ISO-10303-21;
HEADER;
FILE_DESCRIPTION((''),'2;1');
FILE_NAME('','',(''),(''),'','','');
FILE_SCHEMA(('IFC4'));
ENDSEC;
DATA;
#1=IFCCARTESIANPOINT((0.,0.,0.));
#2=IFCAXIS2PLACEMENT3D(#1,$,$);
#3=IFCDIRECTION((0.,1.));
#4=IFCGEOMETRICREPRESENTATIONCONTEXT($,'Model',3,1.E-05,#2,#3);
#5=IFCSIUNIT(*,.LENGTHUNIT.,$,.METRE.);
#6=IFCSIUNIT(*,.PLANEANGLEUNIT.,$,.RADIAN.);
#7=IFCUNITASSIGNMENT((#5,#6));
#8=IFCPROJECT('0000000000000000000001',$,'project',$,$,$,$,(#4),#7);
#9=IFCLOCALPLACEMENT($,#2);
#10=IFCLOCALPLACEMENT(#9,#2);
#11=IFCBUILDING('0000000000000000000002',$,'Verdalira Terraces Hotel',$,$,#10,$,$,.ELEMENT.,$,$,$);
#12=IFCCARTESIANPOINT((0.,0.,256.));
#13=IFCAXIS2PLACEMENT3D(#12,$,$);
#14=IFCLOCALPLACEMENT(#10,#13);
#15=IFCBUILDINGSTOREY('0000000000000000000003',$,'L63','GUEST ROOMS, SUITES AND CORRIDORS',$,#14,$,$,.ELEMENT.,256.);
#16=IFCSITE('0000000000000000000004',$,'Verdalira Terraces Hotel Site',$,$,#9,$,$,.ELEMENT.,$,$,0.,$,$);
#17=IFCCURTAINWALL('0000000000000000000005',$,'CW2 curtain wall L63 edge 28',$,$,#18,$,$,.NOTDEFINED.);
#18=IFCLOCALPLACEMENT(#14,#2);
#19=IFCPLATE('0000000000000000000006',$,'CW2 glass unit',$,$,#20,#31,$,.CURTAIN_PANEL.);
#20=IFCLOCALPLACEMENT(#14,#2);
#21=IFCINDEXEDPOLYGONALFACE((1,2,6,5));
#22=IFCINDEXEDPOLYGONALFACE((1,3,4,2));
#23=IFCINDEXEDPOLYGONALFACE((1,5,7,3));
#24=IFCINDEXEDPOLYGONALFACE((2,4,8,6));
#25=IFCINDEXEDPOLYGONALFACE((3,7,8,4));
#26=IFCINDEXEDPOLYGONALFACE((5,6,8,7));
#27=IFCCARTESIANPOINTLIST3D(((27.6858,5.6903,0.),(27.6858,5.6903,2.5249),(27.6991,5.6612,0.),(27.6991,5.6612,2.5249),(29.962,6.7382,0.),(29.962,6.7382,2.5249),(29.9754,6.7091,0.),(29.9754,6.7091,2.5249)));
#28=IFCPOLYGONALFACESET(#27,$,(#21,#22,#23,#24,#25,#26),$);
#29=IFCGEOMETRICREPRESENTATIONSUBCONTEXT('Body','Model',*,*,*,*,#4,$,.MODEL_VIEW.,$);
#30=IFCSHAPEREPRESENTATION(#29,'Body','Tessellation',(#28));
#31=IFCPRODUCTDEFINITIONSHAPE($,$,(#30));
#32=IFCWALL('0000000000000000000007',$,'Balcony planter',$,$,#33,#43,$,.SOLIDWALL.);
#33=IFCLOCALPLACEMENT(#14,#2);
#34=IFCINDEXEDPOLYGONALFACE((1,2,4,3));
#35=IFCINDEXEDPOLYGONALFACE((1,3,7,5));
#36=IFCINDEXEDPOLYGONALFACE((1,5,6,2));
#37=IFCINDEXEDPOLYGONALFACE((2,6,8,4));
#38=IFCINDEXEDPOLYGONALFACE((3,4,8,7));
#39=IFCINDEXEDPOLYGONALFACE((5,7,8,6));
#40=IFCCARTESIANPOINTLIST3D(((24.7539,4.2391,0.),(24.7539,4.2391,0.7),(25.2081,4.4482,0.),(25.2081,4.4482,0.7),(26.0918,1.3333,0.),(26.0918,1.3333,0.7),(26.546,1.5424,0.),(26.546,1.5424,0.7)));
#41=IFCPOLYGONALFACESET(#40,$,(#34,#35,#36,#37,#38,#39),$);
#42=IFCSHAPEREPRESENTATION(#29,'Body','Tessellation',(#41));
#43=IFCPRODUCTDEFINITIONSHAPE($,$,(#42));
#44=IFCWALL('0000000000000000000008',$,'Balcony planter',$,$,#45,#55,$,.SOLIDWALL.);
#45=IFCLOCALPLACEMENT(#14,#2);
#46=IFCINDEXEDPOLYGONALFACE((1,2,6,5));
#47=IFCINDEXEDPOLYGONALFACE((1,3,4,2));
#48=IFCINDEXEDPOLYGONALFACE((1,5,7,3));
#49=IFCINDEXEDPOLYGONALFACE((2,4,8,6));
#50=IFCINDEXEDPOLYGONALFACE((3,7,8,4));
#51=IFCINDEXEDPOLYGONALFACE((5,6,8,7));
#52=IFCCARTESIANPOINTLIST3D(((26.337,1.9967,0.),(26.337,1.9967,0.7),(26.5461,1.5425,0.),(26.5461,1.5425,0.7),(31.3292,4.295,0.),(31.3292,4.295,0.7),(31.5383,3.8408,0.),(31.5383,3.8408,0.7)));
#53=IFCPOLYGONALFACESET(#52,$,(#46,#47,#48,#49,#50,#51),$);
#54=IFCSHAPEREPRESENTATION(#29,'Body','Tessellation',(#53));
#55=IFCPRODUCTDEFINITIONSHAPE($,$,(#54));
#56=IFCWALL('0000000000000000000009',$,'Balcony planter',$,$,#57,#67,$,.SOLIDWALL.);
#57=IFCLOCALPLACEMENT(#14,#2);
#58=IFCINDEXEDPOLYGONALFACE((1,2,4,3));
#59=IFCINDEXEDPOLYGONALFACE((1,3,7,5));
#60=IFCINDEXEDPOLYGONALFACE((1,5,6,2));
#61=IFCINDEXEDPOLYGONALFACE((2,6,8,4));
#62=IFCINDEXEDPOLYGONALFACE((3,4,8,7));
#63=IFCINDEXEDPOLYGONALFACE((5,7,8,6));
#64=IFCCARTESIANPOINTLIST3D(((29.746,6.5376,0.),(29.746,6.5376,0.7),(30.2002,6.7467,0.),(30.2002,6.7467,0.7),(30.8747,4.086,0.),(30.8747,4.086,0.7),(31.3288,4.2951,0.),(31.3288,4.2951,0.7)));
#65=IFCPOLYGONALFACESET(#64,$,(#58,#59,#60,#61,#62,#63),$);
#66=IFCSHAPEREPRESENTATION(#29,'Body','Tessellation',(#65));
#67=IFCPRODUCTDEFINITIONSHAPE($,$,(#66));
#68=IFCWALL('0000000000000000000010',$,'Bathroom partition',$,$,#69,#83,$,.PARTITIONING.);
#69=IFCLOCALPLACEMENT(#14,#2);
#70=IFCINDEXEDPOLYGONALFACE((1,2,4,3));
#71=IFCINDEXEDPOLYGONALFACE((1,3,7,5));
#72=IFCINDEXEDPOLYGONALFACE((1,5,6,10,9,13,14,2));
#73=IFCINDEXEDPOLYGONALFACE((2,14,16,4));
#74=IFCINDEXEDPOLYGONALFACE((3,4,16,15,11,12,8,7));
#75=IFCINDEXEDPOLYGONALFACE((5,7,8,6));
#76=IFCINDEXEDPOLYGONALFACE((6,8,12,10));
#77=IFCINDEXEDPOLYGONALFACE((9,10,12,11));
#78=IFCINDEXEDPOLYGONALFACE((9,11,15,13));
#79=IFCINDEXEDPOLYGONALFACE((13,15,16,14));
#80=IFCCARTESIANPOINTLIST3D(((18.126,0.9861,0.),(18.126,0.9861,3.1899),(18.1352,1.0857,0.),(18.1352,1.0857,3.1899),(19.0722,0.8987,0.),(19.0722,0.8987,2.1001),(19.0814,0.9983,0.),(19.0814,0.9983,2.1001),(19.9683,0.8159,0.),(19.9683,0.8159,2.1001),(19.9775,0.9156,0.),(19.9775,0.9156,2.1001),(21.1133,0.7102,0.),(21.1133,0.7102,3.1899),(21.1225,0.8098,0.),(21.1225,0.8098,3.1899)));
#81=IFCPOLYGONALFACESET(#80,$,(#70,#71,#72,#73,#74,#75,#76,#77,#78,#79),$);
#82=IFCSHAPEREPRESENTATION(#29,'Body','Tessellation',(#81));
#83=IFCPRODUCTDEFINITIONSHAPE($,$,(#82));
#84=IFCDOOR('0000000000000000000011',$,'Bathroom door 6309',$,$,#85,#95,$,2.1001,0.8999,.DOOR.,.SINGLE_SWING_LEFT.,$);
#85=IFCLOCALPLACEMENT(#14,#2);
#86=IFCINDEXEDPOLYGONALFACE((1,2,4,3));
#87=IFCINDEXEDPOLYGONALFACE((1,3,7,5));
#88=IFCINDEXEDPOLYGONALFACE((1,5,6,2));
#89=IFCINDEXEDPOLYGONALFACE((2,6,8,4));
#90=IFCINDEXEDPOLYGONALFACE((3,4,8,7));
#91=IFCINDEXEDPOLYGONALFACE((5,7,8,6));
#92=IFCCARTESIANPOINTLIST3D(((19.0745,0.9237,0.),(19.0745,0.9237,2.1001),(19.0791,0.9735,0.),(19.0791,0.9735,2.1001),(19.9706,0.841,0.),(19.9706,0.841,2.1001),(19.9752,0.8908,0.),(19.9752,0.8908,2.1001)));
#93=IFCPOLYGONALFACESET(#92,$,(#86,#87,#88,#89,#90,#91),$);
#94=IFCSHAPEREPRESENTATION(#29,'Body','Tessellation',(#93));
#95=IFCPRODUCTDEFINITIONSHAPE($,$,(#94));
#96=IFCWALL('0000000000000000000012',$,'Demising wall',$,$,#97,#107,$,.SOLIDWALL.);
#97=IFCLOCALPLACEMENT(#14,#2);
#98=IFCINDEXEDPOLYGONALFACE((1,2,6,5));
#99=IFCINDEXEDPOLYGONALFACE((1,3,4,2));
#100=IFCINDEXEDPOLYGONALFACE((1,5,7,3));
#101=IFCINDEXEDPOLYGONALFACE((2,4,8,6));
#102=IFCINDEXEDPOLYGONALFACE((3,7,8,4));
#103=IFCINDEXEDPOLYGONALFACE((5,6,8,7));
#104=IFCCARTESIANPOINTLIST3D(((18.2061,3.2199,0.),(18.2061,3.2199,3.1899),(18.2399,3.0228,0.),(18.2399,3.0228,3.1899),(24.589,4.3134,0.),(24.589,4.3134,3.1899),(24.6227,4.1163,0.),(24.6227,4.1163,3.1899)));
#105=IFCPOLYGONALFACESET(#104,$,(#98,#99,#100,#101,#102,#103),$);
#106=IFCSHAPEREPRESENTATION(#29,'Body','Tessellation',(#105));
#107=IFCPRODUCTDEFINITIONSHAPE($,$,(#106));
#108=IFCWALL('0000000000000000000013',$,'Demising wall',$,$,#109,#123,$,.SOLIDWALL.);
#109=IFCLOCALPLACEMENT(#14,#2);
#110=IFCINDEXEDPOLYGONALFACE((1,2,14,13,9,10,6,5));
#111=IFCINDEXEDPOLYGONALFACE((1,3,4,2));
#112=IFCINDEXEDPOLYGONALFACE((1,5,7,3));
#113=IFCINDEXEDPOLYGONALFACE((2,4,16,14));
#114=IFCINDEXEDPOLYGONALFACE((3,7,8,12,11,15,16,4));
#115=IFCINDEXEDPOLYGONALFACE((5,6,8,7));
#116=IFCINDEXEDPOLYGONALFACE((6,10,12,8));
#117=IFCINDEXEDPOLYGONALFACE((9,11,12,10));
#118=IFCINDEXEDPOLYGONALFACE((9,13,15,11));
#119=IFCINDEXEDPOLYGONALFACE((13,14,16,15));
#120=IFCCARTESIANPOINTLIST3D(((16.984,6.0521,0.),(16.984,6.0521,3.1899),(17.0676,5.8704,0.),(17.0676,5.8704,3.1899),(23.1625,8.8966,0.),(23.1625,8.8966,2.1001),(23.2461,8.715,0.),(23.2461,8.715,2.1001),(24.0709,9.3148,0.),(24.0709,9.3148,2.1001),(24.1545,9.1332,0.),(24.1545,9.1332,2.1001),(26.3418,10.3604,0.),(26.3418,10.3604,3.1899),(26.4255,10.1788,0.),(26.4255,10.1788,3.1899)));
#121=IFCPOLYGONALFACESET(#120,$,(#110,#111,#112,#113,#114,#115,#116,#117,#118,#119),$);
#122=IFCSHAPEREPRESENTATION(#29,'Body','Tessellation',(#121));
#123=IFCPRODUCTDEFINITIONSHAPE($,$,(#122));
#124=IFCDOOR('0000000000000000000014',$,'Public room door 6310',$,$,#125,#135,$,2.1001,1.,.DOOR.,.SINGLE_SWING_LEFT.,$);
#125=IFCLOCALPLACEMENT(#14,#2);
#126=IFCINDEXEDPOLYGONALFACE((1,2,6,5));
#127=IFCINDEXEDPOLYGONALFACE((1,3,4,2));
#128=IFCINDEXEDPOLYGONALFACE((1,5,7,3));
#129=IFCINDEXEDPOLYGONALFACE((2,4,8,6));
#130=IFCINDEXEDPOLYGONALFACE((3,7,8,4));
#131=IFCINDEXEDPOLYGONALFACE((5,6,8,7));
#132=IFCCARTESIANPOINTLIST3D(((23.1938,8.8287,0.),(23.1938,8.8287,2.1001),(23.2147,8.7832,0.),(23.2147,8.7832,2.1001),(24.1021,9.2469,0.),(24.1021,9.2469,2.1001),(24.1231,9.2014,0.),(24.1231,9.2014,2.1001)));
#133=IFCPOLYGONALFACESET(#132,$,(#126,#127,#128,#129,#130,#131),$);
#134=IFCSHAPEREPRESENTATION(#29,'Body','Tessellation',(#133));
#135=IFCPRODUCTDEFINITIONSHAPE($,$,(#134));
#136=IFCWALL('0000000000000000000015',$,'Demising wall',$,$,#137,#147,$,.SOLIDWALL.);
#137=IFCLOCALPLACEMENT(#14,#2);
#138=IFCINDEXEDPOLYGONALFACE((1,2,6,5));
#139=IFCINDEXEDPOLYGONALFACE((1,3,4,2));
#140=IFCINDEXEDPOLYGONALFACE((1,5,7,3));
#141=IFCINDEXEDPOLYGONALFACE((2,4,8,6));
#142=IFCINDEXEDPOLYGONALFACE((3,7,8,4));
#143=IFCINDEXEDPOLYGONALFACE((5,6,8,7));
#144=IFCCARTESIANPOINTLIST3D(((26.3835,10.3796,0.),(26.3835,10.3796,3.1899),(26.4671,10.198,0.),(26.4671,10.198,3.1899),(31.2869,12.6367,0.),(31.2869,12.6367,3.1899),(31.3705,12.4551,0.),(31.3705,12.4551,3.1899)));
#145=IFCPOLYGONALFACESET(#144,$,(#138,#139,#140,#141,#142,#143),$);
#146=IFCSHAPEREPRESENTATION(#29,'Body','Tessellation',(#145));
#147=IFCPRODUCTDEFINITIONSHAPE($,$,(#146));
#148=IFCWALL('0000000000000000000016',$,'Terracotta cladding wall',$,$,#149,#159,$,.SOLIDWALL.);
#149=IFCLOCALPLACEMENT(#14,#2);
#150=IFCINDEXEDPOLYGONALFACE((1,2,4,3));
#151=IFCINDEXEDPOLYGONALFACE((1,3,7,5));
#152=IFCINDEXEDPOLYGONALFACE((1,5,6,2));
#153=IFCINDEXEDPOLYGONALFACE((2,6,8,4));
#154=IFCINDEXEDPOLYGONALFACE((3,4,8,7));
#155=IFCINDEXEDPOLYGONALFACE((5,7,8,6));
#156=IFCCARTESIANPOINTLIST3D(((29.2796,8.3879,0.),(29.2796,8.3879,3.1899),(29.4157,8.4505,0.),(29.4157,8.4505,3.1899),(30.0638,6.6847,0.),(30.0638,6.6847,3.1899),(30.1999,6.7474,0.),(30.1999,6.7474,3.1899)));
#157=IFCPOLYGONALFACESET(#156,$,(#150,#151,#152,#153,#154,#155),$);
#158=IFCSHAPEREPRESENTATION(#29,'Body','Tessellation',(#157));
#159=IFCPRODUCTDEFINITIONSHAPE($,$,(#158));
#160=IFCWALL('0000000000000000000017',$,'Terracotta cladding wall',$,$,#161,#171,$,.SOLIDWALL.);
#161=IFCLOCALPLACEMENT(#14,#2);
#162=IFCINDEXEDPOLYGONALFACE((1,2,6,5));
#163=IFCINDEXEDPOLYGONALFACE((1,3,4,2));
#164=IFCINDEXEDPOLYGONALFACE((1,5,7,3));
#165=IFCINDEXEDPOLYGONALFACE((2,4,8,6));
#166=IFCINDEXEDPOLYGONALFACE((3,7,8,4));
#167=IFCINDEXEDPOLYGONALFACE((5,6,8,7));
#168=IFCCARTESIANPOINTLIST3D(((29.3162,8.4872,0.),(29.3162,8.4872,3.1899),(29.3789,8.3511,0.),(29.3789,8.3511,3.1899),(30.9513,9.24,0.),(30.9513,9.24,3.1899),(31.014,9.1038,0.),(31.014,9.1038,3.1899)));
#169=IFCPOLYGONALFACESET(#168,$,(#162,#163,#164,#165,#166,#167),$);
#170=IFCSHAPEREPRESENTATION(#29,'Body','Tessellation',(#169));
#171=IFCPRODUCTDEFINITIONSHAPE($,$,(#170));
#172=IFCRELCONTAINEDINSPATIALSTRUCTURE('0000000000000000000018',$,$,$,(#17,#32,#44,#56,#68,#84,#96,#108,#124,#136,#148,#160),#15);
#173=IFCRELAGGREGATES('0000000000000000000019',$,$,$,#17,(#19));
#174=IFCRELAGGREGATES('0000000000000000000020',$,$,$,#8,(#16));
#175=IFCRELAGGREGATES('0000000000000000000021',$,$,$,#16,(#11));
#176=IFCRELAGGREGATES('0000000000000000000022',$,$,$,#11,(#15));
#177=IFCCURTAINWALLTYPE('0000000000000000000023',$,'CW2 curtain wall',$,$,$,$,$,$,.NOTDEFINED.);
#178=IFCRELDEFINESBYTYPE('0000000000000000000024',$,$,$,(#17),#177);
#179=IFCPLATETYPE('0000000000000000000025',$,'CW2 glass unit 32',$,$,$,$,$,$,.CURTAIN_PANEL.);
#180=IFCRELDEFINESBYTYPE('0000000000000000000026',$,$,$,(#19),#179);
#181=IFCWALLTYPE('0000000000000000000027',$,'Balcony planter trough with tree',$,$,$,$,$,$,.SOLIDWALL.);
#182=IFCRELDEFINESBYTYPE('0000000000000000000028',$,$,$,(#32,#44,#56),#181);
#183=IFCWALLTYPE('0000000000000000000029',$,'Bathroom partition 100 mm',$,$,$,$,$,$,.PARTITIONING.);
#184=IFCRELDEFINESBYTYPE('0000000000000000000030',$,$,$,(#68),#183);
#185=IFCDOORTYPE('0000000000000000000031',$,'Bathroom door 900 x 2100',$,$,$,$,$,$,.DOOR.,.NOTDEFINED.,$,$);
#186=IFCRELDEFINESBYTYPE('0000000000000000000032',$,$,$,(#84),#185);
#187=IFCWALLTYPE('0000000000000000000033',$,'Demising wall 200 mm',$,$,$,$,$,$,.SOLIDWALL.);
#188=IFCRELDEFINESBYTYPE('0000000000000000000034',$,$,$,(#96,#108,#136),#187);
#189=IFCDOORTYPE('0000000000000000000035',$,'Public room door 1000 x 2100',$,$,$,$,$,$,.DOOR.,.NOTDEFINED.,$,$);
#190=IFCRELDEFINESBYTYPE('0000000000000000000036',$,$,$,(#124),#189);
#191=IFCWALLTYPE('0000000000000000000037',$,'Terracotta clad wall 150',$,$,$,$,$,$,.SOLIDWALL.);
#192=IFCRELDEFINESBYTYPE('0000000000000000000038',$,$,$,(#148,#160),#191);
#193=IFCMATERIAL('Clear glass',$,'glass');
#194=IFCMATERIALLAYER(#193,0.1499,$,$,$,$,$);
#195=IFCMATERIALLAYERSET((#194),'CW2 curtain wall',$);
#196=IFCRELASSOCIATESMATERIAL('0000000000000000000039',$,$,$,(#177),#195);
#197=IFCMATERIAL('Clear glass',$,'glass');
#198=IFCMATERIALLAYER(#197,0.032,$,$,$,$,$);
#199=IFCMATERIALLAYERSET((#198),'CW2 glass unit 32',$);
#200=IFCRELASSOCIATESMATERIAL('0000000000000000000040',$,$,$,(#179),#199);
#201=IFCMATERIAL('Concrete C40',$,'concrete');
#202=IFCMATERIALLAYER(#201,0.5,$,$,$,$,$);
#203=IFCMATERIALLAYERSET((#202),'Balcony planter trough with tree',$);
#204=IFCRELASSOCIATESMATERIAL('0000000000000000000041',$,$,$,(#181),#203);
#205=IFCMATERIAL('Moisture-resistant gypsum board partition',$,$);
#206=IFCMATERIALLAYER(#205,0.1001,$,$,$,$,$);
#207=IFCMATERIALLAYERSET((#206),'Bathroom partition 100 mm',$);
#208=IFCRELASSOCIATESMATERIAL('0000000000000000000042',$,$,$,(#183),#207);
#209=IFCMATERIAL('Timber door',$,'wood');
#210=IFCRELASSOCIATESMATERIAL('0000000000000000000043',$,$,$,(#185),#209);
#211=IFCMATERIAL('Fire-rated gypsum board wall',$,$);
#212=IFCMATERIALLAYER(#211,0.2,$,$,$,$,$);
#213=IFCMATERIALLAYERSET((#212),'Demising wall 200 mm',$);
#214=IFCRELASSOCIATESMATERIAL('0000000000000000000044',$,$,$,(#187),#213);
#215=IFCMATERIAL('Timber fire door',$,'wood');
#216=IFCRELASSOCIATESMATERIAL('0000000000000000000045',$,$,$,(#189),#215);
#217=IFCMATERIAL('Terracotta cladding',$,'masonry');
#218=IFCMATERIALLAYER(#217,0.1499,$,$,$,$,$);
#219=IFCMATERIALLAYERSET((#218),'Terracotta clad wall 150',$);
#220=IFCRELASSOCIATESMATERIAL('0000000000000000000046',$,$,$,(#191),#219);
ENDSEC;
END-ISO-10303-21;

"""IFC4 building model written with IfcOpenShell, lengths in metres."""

from ifc_helpers import new_model, si_unit, direction, frame, frame_2d, origin, origin_2d, place, context, subcontext, project, spatial, rectangle, extrude, material, layer, layer_set, type_object, element, fill, aggregate, save


model = new_model("IFC4")

# Units and contexts
model_context = context("Model", 3, precision=1e-05, world=origin(), true_north=direction((0.0, 1.0)))
body_context = subcontext(model_context, "Body", "Model", "MODEL_VIEW")
ifc_project = project(units=[si_unit("LENGTHUNIT", "METRE"), si_unit("PLANEANGLEUNIT", "RADIAN")], contexts=[model_context])

# Site, building, storey
site_placement = place(None, origin())
site = spatial("IfcSite", under=ifc_project, at=site_placement, Name="Verdalira Terraces Hotel Site", CompositionType="ELEMENT", RefElevation=0.0)
building_placement = place(site_placement, origin())
building = spatial("IfcBuilding", under=site, at=building_placement, Name="Verdalira Terraces Hotel", CompositionType="ELEMENT")
storey_placement = place(building_placement, frame((0.0, 0.0, 256.0)))
storey = spatial("IfcBuildingStorey", under=building, at=storey_placement, Name="L63", Description="GUEST ROOMS, SUITES AND CORRIDORS", CompositionType="ELEMENT", Elevation=256.0)

# Curtain wall
ifc_material_1 = material(Name="Clear glass", Category="glass")
ifc_layer_1 = layer(ifc_material_1, 0.1499)
ifc_layer_set_1 = layer_set([ifc_layer_1], Name="CW2 curtain wall")
curtain_wall_type_1 = type_object("IfcCurtainWallType", Name="CW2 curtain wall", PredefinedType="NOTDEFINED", material=ifc_layer_set_1)
curtain_wall_1_placement = place(storey_placement, origin())
curtain_wall_1 = element("IfcCurtainWall", 1, at=curtain_wall_1_placement, inside=storey, type_object=curtain_wall_type_1, Name="CW2 curtain wall L63 edge 28", PredefinedType="NOTDEFINED")

# Plate
ifc_material_2 = material(Name="Clear glass", Category="glass")
ifc_layer_2 = layer(ifc_material_2, 0.032)
ifc_layer_set_2 = layer_set([ifc_layer_2], Name="CW2 glass unit 32")
plate_type_1 = type_object("IfcPlateType", Name="CW2 glass unit 32", PredefinedType="CURTAIN_PANEL", material=ifc_layer_set_2)
plate_1_placement = place(storey_placement, frame((28.8306, 6.1997, 0.0), z_axis=(0.0, 0.0, 1.0), x_axis=(0.908362, 0.418184, 0.0)))
plate_1 = element("IfcPlate", 2, at=plate_1_placement, type_object=plate_type_1, Name="CW2 glass unit", PredefinedType="CURTAIN_PANEL", context=body_context, shape_type="SweptSolid", body=[
    extrude(rectangle(XDim=2.5059, YDim=0.032, at=origin_2d()), origin(), (0.0, 0.0, 1.0), 2.5249),
])
aggregate(curtain_wall_1, [plate_1])

# Walls
ifc_material_3 = material(Name="Concrete C40", Category="concrete")
ifc_layer_3 = layer(ifc_material_3, 0.5)
ifc_layer_set_3 = layer_set([ifc_layer_3], Name="Balcony planter trough with tree")
wall_type_1 = type_object("IfcWallType", Name="Balcony planter trough with tree", PredefinedType="SOLIDWALL", material=ifc_layer_set_3)
wall_1_placement = place(storey_placement, frame((24.981, 4.3438, 0.0), z_axis=(0.0, 0.0, 1.0), x_axis=(0.418226, -0.908343, 0.0)))
element("IfcWall", 3, at=wall_1_placement, inside=storey, type_object=wall_type_1, Name="Balcony planter", PredefinedType="SOLIDWALL", context=body_context, shape_type="SweptSolid", body=[
    extrude(rectangle(XDim=3.199, YDim=0.5, at=frame_2d((1.5996, 0.0))), origin(), (0.0, 0.0, 1.0), 0.7),
])
wall_2_placement = place(storey_placement, frame((26.4414, 1.7695, 0.0), z_axis=(0.0, 0.0, 1.0), x_axis=(0.908357, 0.418196, 0.0)))
element("IfcWall", 4, at=wall_2_placement, inside=storey, type_object=wall_type_1, Name="Balcony planter", PredefinedType="SOLIDWALL", context=body_context, shape_type="SweptSolid", body=[
    extrude(rectangle(XDim=5.4958, YDim=0.5, at=frame_2d((2.748, 0.0))), origin(), (0.0, 0.0, 1.0), 0.7),
])
wall_3_placement = place(storey_placement, frame((31.1018, 4.1904, 0.0), z_axis=(0.0, 0.0, 1.0), x_axis=(-0.41818, 0.908364, 0.0)))
element("IfcWall", 5, at=wall_3_placement, inside=storey, type_object=wall_type_1, Name="Balcony planter", PredefinedType="SOLIDWALL", context=body_context, shape_type="SweptSolid", body=[
    extrude(rectangle(XDim=2.699, YDim=0.5, at=frame_2d((1.3496, 0.0))), origin(), (0.0, 0.0, 1.0), 0.7),
])

# Wall, opening, door
ifc_material_4 = material(Name="Moisture-resistant gypsum board partition")
ifc_layer_4 = layer(ifc_material_4, 0.1001)
ifc_layer_set_4 = layer_set([ifc_layer_4], Name="Bathroom partition 100 mm")
wall_type_2 = type_object("IfcWallType", Name="Bathroom partition 100 mm", PredefinedType="PARTITIONING", material=ifc_layer_set_4)
wall_4_placement = place(storey_placement, frame((21.1179, 0.76, 0.0), z_axis=(0.0, 0.0, 1.0), x_axis=(-0.995763, 0.091959, 0.0)))
wall_4 = element("IfcWall", 6, at=wall_4_placement, inside=storey, type_object=wall_type_2, Name="Bathroom partition", PredefinedType="PARTITIONING", context=body_context, shape_type="SweptSolid", body=[
    extrude(rectangle(XDim=3.0, YDim=0.1001, at=frame_2d((1.5, 0.0))), origin(), (0.0, 0.0, 1.0), 3.1899),
])
opening_1_placement = place(wall_4_placement, frame((1.1499, 0.0, 0.0)))
opening_1 = element("IfcOpeningElement", 7, at=opening_1_placement, cuts=wall_4, PredefinedType="OPENING", context=body_context, shape_type="SweptSolid", body=[
    extrude(rectangle(XDim=0.8999, YDim=2.1001, at=frame_2d((0.45, 1.05))), frame((0.0, 0.0601, 0.0), z_axis=(0.0, -1.0, 0.0), x_axis=(1.0, 0.0, 0.0)), (0.0, 0.0, 1.0), 0.1201),
])
ifc_material_5 = material(Name="Timber door", Category="wood")
door_type_1 = type_object("IfcDoorType", Name="Bathroom door 900 x 2100", OperationType="NOTDEFINED", PredefinedType="DOOR", material=ifc_material_5)
door_1_placement = place(opening_1_placement, origin())
door_1 = element("IfcDoor", 8, at=door_1_placement, inside=storey, type_object=door_type_1, Name="Bathroom door 6309", OperationType="SINGLE_SWING_LEFT", OverallHeight=2.1001, OverallWidth=0.8999, PredefinedType="DOOR", context=body_context, shape_type="SweptSolid", body=[
    extrude(rectangle(XDim=0.8999, YDim=2.1001, at=frame_2d((0.45, 1.05))), frame((0.0, 0.0249, 0.0), z_axis=(0.0, -1.0, 0.0), x_axis=(1.0, 0.0, 0.0)), (0.0, 0.0, 1.0), 0.05),
])
fill(opening_1, door_1)

# Wall
ifc_material_6 = material(Name="Fire-rated gypsum board wall")
ifc_layer_5 = layer(ifc_material_6, 0.2)
ifc_layer_set_5 = layer_set([ifc_layer_5], Name="Demising wall 200 mm")
wall_type_3 = type_object("IfcWallType", Name="Demising wall 200 mm", PredefinedType="SOLIDWALL", material=ifc_layer_set_5)
wall_5_placement = place(storey_placement, frame((24.6057, 4.2148, 0.0), z_axis=(0.0, 0.0, 1.0), x_axis=(-0.98564, -0.16886, 0.0)))
element("IfcWall", 9, at=wall_5_placement, inside=storey, type_object=wall_type_3, Name="Demising wall", PredefinedType="SOLIDWALL", context=body_context, shape_type="SweptSolid", body=[
    extrude(rectangle(XDim=6.4758, YDim=0.2, at=frame_2d((3.2378, 0.0))), origin(), (0.0, 0.0, 1.0), 3.1899),
])

# Wall, opening, door
wall_6_placement = place(storey_placement, frame((26.3835, 10.2695, 0.0), z_axis=(0.0, 0.0, 1.0), x_axis=(-0.908354, -0.418203, 0.0)))
wall_6 = element("IfcWall", 10, at=wall_6_placement, inside=storey, type_object=wall_type_3, Name="Demising wall", PredefinedType="SOLIDWALL", context=body_context, shape_type="SweptSolid", body=[
    extrude(rectangle(XDim=10.302, YDim=0.2, at=frame_2d((5.1509, 0.0))), origin(), (0.0, 0.0, 1.0), 3.1899),
])
opening_2_placement = place(wall_6_placement, frame((2.5, 0.0, 0.0)))
opening_2 = element("IfcOpeningElement", 11, at=opening_2_placement, cuts=wall_6, PredefinedType="OPENING", context=body_context, shape_type="SweptSolid", body=[
    extrude(rectangle(XDim=1.0, YDim=2.1001, at=frame_2d((0.5, 1.05))), frame((0.0, 0.1099, 0.0), z_axis=(0.0, -1.0, 0.0), x_axis=(1.0, 0.0, 0.0)), (0.0, 0.0, 1.0), 0.22),
])
ifc_material_7 = material(Name="Timber fire door", Category="wood")
door_type_2 = type_object("IfcDoorType", Name="Public room door 1000 x 2100", OperationType="NOTDEFINED", PredefinedType="DOOR", material=ifc_material_7)
door_2_placement = place(opening_2_placement, origin())
door_2 = element("IfcDoor", 12, at=door_2_placement, inside=storey, type_object=door_type_2, Name="Public room door 6310", OperationType="SINGLE_SWING_LEFT", OverallHeight=2.1001, OverallWidth=1.0, PredefinedType="DOOR", context=body_context, shape_type="SweptSolid", body=[
    extrude(rectangle(XDim=1.0, YDim=2.1001, at=frame_2d((0.5, 1.05))), frame((0.0, 0.0249, 0.0), z_axis=(0.0, -1.0, 0.0), x_axis=(1.0, 0.0, 0.0)), (0.0, 0.0, 1.0), 0.05),
])
fill(opening_2, door_2)

# Walls
wall_7_placement = place(storey_placement, frame((26.4253, 10.2888, 0.0), z_axis=(0.0, 0.0, 1.0), x_axis=(0.908381, 0.418143, 0.0)))
element("IfcWall", 13, at=wall_7_placement, inside=storey, type_object=wall_type_3, Name="Demising wall", PredefinedType="SOLIDWALL", context=body_context, shape_type="SweptSolid", body=[
    extrude(rectangle(XDim=5.3979, YDim=0.2, at=frame_2d((2.699, 0.0))), origin(), (0.0, 0.0, 1.0), 3.1899),
])
ifc_material_8 = material(Name="Terracotta cladding", Category="masonry")
ifc_layer_6 = layer(ifc_material_8, 0.1499)
ifc_layer_set_6 = layer_set([ifc_layer_6], Name="Terracotta clad wall 150")
wall_type_4 = type_object("IfcWallType", Name="Terracotta clad wall 150", PredefinedType="SOLIDWALL", material=ifc_layer_set_6)
wall_8_placement = place(storey_placement, frame((30.1318, 6.7161, 0.0), z_axis=(0.0, 0.0, 1.0), x_axis=(-0.418232, 0.90834, 0.0)))
element("IfcWall", 14, at=wall_8_placement, inside=storey, type_object=wall_type_4, Name="Terracotta cladding wall", PredefinedType="SOLIDWALL", context=body_context, shape_type="SweptSolid", body=[
    extrude(rectangle(XDim=1.875, YDim=0.1499, at=frame_2d((0.9375, 0.0))), origin(), (0.0, 0.0, 1.0), 3.1899),
])
wall_9_placement = place(storey_placement, frame((29.3477, 8.4192, 0.0), z_axis=(0.0, 0.0, 1.0), x_axis=(0.908368, 0.418172, 0.0)))
element("IfcWall", 15, at=wall_9_placement, inside=storey, type_object=wall_type_4, Name="Terracotta cladding wall", PredefinedType="SOLIDWALL", context=body_context, shape_type="SweptSolid", body=[
    extrude(rectangle(XDim=1.8, YDim=0.1499, at=frame_2d((0.8999, 0.0))), origin(), (0.0, 0.0, 1.0), 3.1899),
])

save(model, "model.ifc")
